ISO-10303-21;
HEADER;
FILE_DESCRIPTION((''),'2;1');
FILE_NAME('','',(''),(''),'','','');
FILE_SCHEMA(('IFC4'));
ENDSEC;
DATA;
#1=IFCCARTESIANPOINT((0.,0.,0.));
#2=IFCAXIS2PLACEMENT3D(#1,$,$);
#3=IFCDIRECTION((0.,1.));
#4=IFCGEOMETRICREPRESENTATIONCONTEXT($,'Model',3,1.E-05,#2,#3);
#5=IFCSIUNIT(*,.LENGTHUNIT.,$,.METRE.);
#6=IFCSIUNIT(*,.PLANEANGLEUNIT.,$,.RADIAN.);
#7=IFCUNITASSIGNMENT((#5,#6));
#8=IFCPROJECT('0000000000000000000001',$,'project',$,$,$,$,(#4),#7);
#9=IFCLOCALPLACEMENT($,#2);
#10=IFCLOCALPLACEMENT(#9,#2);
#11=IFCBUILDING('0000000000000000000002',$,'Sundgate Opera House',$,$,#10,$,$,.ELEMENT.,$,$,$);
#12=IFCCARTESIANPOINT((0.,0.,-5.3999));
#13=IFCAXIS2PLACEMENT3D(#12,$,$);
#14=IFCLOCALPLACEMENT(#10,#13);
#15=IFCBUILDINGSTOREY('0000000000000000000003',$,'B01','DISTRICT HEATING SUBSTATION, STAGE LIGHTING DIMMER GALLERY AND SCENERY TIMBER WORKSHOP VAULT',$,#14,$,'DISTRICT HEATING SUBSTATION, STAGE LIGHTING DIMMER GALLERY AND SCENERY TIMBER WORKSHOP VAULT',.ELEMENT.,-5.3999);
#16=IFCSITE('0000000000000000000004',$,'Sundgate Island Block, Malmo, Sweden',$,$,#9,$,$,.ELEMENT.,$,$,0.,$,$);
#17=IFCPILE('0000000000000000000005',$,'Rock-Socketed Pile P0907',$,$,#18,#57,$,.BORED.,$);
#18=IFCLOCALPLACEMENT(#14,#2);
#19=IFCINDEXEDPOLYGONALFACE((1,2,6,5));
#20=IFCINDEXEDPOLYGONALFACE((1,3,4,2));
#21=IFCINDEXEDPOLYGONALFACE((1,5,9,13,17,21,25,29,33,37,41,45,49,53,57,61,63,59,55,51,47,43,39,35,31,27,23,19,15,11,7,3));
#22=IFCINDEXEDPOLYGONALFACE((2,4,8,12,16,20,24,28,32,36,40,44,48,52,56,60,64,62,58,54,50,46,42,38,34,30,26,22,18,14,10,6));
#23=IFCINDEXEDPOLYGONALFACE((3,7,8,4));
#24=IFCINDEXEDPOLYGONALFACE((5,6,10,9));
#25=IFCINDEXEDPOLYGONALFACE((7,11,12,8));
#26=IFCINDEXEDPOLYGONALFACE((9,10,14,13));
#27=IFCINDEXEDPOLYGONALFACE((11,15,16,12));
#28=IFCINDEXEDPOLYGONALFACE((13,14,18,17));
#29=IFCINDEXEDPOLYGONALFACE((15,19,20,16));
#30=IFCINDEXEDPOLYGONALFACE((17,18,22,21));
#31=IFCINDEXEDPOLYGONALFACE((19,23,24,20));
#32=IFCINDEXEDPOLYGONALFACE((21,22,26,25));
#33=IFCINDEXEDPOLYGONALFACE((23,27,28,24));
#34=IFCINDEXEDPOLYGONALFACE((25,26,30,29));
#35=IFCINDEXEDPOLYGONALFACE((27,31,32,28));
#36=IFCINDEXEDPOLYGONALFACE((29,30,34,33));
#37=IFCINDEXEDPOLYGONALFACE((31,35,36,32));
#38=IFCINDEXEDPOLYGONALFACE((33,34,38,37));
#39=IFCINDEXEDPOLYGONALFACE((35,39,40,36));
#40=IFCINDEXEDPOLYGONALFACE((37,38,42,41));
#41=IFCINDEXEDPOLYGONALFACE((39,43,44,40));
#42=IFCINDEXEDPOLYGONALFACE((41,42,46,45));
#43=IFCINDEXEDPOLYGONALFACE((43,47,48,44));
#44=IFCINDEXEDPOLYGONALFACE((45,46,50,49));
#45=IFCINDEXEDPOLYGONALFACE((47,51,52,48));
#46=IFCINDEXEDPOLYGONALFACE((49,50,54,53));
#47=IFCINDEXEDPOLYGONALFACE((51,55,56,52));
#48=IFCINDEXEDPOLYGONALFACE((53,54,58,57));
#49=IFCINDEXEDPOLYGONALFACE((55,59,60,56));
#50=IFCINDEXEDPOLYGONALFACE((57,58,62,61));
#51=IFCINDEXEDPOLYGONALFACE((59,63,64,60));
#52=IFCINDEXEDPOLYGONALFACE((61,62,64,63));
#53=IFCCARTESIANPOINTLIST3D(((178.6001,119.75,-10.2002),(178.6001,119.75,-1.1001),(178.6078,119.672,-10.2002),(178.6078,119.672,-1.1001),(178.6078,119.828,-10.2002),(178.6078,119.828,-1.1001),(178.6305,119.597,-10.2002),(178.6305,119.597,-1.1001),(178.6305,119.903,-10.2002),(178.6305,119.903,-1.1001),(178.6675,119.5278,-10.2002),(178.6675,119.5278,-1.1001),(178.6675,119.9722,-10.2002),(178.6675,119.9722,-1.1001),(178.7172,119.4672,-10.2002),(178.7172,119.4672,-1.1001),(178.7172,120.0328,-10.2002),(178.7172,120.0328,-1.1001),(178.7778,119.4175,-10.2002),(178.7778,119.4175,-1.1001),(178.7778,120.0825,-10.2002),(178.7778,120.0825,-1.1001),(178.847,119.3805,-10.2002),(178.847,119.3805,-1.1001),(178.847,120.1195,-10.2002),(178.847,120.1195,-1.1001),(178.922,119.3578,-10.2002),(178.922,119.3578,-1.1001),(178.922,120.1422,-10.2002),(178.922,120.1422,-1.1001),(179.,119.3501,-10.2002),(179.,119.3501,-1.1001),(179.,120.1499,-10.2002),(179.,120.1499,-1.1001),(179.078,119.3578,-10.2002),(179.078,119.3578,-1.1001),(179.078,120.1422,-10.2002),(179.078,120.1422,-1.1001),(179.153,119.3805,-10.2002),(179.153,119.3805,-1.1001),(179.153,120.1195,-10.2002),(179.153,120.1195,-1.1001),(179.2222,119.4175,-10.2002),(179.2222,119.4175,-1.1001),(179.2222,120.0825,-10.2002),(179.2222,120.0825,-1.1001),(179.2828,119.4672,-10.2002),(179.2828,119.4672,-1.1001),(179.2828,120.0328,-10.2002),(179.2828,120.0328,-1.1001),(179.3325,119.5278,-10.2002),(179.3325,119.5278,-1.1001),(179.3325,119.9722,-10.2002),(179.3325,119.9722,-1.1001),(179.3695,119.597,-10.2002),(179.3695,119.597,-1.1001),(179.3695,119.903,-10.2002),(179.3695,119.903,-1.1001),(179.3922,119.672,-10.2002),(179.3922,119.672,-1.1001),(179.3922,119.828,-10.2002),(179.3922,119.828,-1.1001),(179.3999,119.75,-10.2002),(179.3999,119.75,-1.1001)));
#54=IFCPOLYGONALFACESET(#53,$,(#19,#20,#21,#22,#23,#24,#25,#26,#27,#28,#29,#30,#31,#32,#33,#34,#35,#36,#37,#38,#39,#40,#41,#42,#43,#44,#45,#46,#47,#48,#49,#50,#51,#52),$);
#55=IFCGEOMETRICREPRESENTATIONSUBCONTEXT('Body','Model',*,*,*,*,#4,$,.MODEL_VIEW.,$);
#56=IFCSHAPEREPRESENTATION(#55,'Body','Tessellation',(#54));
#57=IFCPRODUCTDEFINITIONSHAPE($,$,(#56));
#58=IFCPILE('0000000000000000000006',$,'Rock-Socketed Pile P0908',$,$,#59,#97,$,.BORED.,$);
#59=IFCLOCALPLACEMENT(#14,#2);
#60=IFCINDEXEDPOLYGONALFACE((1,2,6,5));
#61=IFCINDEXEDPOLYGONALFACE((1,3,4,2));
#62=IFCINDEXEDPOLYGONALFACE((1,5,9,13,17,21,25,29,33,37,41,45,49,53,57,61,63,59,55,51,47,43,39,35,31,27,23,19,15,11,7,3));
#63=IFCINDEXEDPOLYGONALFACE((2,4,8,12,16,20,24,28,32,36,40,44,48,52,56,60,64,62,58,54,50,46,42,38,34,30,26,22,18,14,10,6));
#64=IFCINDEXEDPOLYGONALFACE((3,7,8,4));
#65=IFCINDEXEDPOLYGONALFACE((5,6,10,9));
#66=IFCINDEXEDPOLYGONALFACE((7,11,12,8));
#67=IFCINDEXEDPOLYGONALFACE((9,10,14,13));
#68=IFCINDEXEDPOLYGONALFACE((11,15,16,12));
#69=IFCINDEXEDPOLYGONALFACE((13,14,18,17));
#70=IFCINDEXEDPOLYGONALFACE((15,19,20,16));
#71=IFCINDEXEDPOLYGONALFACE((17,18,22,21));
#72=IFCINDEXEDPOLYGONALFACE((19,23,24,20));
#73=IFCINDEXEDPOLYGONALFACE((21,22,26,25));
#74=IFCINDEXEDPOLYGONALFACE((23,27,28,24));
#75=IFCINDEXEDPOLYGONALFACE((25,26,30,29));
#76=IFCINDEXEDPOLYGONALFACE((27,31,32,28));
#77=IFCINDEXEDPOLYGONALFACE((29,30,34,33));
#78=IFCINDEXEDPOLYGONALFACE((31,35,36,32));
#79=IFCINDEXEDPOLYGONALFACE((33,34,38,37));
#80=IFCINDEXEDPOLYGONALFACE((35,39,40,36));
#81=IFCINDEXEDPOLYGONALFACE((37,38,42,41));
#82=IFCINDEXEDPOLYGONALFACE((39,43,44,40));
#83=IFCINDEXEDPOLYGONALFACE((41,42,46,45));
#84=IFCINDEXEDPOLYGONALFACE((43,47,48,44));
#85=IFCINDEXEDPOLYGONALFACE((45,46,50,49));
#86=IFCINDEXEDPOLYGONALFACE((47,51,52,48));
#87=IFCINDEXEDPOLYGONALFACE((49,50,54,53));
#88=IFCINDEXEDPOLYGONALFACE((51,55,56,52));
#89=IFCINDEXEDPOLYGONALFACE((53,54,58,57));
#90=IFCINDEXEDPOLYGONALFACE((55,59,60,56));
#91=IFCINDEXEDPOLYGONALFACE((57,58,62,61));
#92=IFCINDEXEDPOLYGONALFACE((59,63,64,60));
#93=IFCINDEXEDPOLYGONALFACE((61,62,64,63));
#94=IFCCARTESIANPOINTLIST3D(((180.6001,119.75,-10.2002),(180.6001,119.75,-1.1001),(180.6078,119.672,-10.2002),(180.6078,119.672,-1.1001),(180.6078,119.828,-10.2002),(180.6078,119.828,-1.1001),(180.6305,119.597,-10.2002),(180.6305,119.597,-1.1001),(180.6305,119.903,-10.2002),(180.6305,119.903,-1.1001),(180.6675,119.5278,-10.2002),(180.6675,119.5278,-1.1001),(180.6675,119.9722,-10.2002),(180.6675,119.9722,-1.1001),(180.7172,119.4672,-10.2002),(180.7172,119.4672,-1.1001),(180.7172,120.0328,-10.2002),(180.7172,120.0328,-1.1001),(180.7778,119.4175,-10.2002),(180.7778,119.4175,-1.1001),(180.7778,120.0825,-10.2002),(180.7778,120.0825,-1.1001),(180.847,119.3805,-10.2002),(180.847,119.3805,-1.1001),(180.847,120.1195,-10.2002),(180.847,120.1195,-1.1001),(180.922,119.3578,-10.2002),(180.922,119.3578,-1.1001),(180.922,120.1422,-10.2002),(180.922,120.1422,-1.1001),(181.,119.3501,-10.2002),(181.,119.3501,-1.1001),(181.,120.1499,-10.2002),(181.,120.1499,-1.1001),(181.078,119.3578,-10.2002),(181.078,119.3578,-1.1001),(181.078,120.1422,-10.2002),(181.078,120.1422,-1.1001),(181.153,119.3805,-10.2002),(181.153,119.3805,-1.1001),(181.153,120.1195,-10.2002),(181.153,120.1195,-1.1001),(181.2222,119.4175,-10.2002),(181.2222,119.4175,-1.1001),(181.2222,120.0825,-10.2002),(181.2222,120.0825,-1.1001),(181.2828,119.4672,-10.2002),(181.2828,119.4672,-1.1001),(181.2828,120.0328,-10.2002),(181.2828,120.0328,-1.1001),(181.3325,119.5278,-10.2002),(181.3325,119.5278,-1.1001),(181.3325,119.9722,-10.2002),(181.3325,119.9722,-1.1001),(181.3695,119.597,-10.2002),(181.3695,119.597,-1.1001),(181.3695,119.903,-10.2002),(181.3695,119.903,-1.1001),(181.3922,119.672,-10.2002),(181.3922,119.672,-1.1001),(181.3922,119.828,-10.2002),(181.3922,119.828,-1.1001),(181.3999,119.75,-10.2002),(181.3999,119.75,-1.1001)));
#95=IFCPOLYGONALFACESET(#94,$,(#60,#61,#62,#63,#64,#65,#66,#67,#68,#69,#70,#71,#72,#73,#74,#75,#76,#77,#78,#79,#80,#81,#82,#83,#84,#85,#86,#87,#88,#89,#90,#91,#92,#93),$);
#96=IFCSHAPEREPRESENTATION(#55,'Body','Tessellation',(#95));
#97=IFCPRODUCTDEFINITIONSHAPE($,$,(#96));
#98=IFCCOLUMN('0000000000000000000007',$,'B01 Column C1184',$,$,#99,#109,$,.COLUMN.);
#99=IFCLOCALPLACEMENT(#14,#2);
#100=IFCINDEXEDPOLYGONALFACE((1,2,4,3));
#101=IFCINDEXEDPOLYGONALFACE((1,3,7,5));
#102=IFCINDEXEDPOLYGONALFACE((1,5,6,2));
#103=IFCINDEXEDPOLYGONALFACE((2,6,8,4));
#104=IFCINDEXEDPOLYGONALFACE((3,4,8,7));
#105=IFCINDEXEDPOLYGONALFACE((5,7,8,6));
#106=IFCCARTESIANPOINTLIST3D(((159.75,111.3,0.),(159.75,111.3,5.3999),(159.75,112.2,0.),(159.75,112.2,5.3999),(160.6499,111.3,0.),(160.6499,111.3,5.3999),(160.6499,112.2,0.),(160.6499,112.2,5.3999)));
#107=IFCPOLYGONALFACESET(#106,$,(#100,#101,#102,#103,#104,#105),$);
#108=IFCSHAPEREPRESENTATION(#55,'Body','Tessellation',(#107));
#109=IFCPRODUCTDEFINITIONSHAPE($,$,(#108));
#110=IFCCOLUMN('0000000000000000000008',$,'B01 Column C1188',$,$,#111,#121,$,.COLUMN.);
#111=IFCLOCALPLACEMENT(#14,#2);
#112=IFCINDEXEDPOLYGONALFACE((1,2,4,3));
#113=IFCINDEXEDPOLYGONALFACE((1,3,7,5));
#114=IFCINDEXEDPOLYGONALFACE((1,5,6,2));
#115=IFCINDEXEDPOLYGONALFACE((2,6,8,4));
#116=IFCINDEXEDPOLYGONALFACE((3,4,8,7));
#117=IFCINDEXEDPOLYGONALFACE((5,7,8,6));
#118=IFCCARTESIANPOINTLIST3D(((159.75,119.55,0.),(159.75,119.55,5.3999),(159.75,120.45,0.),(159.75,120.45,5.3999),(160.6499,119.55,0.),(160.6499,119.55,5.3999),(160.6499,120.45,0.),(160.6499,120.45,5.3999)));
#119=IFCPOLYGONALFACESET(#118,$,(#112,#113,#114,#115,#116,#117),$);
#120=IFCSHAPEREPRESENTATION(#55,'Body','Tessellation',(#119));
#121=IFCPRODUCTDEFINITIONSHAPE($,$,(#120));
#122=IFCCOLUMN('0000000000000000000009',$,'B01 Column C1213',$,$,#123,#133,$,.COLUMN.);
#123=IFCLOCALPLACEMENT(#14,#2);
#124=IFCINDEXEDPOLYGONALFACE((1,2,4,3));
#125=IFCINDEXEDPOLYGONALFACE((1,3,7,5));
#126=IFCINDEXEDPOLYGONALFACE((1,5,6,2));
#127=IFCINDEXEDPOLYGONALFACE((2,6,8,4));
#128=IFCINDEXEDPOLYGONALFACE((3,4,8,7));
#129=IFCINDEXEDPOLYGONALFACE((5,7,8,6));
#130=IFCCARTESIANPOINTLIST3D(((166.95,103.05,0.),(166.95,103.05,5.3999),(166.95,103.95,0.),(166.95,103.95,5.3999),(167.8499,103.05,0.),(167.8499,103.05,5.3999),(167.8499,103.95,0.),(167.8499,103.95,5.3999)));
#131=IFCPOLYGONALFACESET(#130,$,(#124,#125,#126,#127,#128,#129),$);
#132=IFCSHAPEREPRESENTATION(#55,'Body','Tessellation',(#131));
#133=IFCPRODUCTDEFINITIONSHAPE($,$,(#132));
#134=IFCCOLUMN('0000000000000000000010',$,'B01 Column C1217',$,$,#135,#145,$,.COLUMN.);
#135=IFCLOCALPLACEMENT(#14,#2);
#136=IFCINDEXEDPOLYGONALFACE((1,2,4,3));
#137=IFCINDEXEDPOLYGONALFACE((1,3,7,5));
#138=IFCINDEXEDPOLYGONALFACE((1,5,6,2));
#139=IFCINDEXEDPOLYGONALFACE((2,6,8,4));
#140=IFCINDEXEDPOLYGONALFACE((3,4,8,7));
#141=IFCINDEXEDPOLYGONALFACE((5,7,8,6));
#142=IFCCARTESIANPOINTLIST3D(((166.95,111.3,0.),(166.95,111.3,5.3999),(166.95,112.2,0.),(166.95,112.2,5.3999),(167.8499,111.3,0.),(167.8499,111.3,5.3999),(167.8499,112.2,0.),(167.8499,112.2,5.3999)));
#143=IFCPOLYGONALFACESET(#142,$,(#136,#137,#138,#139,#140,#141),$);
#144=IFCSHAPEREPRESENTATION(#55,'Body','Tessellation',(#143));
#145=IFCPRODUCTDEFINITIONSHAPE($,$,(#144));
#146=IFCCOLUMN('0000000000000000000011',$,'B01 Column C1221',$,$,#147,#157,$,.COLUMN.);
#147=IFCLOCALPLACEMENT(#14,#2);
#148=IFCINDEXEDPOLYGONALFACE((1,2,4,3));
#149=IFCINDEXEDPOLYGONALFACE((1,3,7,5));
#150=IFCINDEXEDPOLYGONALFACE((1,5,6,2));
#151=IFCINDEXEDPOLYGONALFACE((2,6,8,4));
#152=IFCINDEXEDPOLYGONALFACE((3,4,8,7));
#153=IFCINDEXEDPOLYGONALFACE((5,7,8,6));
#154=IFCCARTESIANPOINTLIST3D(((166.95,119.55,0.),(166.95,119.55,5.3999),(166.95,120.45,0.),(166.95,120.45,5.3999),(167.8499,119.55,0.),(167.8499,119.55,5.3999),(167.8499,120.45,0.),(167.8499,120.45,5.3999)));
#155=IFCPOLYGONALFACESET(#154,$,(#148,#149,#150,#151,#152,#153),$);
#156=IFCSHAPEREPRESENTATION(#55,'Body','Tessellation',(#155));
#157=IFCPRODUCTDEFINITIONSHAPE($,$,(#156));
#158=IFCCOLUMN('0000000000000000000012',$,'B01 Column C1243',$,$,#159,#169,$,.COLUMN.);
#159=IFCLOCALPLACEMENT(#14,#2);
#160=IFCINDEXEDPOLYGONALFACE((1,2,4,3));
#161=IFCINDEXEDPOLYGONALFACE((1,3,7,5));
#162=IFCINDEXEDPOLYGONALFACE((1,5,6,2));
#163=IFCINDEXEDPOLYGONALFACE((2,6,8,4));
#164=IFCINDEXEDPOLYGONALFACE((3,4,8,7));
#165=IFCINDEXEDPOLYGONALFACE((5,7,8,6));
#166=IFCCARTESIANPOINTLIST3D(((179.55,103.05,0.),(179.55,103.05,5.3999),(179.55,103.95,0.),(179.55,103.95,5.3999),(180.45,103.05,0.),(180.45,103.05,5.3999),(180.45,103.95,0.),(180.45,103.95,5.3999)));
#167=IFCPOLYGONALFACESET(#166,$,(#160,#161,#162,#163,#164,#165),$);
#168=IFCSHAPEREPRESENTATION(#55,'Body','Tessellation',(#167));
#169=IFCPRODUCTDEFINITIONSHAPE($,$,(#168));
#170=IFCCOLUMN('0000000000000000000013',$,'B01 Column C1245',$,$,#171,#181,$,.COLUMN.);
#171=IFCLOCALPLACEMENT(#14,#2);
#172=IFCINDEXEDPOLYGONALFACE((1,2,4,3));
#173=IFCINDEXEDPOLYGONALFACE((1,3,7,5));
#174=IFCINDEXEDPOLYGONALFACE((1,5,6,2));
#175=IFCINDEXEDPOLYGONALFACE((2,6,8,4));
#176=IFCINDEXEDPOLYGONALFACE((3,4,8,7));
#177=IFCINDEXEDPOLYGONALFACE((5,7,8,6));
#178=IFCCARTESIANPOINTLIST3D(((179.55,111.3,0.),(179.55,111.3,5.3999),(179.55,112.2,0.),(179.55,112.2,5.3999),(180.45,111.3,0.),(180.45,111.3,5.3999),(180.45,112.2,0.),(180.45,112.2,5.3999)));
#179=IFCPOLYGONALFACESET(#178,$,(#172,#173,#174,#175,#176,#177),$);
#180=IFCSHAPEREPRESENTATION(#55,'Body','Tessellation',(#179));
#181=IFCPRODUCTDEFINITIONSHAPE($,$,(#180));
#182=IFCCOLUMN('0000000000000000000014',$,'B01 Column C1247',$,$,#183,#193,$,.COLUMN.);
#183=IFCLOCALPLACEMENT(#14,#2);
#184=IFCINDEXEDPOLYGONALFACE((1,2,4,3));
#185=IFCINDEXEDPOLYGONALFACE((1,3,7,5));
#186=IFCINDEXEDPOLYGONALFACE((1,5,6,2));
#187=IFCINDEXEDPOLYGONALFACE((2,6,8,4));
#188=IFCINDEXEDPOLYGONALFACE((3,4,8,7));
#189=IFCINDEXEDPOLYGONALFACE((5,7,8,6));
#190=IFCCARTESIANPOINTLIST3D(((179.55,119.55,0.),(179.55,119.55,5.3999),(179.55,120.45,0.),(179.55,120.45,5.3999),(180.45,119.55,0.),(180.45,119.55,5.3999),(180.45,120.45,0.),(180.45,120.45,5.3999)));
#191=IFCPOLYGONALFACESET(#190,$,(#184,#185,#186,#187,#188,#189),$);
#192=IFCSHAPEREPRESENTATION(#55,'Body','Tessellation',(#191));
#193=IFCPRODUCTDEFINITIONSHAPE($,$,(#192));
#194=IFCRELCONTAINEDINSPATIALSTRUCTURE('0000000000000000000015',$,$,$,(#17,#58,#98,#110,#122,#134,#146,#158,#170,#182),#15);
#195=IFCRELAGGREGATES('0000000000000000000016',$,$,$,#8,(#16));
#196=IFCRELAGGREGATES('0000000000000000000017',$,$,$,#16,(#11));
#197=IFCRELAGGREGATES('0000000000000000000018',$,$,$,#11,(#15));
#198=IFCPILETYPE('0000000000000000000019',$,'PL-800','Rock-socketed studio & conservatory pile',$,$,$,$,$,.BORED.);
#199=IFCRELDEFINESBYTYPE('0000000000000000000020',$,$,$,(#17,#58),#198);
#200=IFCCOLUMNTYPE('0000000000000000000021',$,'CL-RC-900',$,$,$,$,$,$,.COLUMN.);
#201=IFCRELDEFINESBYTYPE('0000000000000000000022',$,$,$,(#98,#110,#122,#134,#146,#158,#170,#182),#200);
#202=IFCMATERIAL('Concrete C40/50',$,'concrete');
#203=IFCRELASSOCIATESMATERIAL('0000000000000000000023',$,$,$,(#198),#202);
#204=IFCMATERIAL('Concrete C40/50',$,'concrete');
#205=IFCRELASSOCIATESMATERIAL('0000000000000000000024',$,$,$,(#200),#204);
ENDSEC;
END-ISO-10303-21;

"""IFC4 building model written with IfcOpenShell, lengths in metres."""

from ifc_helpers import new_model, si_unit, direction, frame, origin, origin_2d, place, context, subcontext, project, spatial, rectangle, circle, extrude, material, material_profile, profile_set, type_object, element, save


model = new_model("IFC4")

# Units and contexts
model_context = context("Model", 3, precision=1e-05, world=origin(), true_north=direction((0.0, 1.0)))
body_context = subcontext(model_context, "Body", "Model", "MODEL_VIEW")
ifc_project = project(units=[si_unit("LENGTHUNIT", "METRE"), si_unit("PLANEANGLEUNIT", "RADIAN")], contexts=[model_context])

# Site, building, storey
site_placement = place(None, origin())
site = spatial("IfcSite", under=ifc_project, at=site_placement, Name="Sundgate Island Block, Malmo, Sweden", CompositionType="ELEMENT", RefElevation=0.0)
building_placement = place(site_placement, origin())
building = spatial("IfcBuilding", under=site, at=building_placement, Name="Sundgate Opera House", CompositionType="ELEMENT")
storey_placement = place(building_placement, frame((0.0, 0.0, -5.3999)))
storey = spatial("IfcBuildingStorey", under=building, at=storey_placement, Name="B01", Description="DISTRICT HEATING SUBSTATION, STAGE LIGHTING DIMMER GALLERY AND SCENERY TIMBER WORKSHOP VAULT", LongName="DISTRICT HEATING SUBSTATION, STAGE LIGHTING DIMMER GALLERY AND SCENERY TIMBER WORKSHOP VAULT", CompositionType="ELEMENT", Elevation=-5.3999)

# Piles
ifc_material_1 = material(Name="Concrete C40/50", Category="concrete")
ifc_material_profile_1 = material_profile(ifc_material_1, circle(Radius=0.3999, at=origin_2d()), Name="PILE D800")
ifc_profile_set_1 = profile_set([ifc_material_profile_1], Name="Concrete C40/50")
pile_type = type_object("IfcPileType", Name="PL-800", Description="Rock-socketed studio & conservatory pile", PredefinedType="BORED", material=ifc_profile_set_1)
for number, where, z_axis, x_axis, name in (
    (1, (179.0, 119.75, -1.1001), (0.0, 0.0, -1.0), (1.0, 0.0, 0.0), "Rock-Socketed Pile P0907"),
    (2, (181.0, 119.75, -1.1001), (0.0, 0.0, -1.0), (1.0, 0.0, 0.0), "Rock-Socketed Pile P0908"),
):
    element("IfcPile", number, at=place(storey_placement, frame(where, z_axis=z_axis, x_axis=x_axis)), inside=storey, type_object=pile_type, Name=name, PredefinedType="BORED", context=body_context, shape_type="SweptSolid", body=[
        extrude(circle(Radius=0.3999, at=origin_2d()), origin(), (0.0, 0.0, 1.0), 9.1001),
    ])

# Columns
ifc_material_2 = material(Name="Concrete C40/50", Category="concrete")
ifc_material_profile_2 = material_profile(ifc_material_2, rectangle(XDim=0.8999, YDim=0.8999, at=origin_2d()), Name="RC 900x900")
ifc_profile_set_2 = profile_set([ifc_material_profile_2], Name="Concrete C40/50")
column_type = type_object("IfcColumnType", Name="CL-RC-900", PredefinedType="COLUMN", material=ifc_profile_set_2)
for number, where, z_axis, x_axis, name in (
    (3, (160.2, 111.75, 0.0), (0.0, 0.0, 1.0), (1.0, 0.0, 0.0), "B01 Column C1184"),
    (4, (160.2, 120.0, 0.0), (0.0, 0.0, 1.0), (1.0, 0.0, 0.0), "B01 Column C1188"),
    (5, (167.3999, 103.5, 0.0), (0.0, 0.0, 1.0), (1.0, 0.0, 0.0), "B01 Column C1213"),
    (6, (167.3999, 111.75, 0.0), (0.0, 0.0, 1.0), (1.0, 0.0, 0.0), "B01 Column C1217"),
    (7, (167.3999, 120.0, 0.0), (0.0, 0.0, 1.0), (1.0, 0.0, 0.0), "B01 Column C1221"),
    (8, (180.0, 103.5, 0.0), (0.0, 0.0, 1.0), (1.0, 0.0, 0.0), "B01 Column C1243"),
    (9, (180.0, 111.75, 0.0), (0.0, 0.0, 1.0), (1.0, 0.0, 0.0), "B01 Column C1245"),
    (10, (180.0, 120.0, 0.0), (0.0, 0.0, 1.0), (1.0, 0.0, 0.0), "B01 Column C1247"),
):
    element("IfcColumn", number, at=place(storey_placement, frame(where, z_axis=z_axis, x_axis=x_axis)), inside=storey, type_object=column_type, Name=name, PredefinedType="COLUMN", context=body_context, shape_type="SweptSolid", body=[
        extrude(rectangle(XDim=0.8999, YDim=0.8999, at=origin_2d()), origin(), (0.0, 0.0, 1.0), 5.3999),
    ])

save(model, "model.ifc")
